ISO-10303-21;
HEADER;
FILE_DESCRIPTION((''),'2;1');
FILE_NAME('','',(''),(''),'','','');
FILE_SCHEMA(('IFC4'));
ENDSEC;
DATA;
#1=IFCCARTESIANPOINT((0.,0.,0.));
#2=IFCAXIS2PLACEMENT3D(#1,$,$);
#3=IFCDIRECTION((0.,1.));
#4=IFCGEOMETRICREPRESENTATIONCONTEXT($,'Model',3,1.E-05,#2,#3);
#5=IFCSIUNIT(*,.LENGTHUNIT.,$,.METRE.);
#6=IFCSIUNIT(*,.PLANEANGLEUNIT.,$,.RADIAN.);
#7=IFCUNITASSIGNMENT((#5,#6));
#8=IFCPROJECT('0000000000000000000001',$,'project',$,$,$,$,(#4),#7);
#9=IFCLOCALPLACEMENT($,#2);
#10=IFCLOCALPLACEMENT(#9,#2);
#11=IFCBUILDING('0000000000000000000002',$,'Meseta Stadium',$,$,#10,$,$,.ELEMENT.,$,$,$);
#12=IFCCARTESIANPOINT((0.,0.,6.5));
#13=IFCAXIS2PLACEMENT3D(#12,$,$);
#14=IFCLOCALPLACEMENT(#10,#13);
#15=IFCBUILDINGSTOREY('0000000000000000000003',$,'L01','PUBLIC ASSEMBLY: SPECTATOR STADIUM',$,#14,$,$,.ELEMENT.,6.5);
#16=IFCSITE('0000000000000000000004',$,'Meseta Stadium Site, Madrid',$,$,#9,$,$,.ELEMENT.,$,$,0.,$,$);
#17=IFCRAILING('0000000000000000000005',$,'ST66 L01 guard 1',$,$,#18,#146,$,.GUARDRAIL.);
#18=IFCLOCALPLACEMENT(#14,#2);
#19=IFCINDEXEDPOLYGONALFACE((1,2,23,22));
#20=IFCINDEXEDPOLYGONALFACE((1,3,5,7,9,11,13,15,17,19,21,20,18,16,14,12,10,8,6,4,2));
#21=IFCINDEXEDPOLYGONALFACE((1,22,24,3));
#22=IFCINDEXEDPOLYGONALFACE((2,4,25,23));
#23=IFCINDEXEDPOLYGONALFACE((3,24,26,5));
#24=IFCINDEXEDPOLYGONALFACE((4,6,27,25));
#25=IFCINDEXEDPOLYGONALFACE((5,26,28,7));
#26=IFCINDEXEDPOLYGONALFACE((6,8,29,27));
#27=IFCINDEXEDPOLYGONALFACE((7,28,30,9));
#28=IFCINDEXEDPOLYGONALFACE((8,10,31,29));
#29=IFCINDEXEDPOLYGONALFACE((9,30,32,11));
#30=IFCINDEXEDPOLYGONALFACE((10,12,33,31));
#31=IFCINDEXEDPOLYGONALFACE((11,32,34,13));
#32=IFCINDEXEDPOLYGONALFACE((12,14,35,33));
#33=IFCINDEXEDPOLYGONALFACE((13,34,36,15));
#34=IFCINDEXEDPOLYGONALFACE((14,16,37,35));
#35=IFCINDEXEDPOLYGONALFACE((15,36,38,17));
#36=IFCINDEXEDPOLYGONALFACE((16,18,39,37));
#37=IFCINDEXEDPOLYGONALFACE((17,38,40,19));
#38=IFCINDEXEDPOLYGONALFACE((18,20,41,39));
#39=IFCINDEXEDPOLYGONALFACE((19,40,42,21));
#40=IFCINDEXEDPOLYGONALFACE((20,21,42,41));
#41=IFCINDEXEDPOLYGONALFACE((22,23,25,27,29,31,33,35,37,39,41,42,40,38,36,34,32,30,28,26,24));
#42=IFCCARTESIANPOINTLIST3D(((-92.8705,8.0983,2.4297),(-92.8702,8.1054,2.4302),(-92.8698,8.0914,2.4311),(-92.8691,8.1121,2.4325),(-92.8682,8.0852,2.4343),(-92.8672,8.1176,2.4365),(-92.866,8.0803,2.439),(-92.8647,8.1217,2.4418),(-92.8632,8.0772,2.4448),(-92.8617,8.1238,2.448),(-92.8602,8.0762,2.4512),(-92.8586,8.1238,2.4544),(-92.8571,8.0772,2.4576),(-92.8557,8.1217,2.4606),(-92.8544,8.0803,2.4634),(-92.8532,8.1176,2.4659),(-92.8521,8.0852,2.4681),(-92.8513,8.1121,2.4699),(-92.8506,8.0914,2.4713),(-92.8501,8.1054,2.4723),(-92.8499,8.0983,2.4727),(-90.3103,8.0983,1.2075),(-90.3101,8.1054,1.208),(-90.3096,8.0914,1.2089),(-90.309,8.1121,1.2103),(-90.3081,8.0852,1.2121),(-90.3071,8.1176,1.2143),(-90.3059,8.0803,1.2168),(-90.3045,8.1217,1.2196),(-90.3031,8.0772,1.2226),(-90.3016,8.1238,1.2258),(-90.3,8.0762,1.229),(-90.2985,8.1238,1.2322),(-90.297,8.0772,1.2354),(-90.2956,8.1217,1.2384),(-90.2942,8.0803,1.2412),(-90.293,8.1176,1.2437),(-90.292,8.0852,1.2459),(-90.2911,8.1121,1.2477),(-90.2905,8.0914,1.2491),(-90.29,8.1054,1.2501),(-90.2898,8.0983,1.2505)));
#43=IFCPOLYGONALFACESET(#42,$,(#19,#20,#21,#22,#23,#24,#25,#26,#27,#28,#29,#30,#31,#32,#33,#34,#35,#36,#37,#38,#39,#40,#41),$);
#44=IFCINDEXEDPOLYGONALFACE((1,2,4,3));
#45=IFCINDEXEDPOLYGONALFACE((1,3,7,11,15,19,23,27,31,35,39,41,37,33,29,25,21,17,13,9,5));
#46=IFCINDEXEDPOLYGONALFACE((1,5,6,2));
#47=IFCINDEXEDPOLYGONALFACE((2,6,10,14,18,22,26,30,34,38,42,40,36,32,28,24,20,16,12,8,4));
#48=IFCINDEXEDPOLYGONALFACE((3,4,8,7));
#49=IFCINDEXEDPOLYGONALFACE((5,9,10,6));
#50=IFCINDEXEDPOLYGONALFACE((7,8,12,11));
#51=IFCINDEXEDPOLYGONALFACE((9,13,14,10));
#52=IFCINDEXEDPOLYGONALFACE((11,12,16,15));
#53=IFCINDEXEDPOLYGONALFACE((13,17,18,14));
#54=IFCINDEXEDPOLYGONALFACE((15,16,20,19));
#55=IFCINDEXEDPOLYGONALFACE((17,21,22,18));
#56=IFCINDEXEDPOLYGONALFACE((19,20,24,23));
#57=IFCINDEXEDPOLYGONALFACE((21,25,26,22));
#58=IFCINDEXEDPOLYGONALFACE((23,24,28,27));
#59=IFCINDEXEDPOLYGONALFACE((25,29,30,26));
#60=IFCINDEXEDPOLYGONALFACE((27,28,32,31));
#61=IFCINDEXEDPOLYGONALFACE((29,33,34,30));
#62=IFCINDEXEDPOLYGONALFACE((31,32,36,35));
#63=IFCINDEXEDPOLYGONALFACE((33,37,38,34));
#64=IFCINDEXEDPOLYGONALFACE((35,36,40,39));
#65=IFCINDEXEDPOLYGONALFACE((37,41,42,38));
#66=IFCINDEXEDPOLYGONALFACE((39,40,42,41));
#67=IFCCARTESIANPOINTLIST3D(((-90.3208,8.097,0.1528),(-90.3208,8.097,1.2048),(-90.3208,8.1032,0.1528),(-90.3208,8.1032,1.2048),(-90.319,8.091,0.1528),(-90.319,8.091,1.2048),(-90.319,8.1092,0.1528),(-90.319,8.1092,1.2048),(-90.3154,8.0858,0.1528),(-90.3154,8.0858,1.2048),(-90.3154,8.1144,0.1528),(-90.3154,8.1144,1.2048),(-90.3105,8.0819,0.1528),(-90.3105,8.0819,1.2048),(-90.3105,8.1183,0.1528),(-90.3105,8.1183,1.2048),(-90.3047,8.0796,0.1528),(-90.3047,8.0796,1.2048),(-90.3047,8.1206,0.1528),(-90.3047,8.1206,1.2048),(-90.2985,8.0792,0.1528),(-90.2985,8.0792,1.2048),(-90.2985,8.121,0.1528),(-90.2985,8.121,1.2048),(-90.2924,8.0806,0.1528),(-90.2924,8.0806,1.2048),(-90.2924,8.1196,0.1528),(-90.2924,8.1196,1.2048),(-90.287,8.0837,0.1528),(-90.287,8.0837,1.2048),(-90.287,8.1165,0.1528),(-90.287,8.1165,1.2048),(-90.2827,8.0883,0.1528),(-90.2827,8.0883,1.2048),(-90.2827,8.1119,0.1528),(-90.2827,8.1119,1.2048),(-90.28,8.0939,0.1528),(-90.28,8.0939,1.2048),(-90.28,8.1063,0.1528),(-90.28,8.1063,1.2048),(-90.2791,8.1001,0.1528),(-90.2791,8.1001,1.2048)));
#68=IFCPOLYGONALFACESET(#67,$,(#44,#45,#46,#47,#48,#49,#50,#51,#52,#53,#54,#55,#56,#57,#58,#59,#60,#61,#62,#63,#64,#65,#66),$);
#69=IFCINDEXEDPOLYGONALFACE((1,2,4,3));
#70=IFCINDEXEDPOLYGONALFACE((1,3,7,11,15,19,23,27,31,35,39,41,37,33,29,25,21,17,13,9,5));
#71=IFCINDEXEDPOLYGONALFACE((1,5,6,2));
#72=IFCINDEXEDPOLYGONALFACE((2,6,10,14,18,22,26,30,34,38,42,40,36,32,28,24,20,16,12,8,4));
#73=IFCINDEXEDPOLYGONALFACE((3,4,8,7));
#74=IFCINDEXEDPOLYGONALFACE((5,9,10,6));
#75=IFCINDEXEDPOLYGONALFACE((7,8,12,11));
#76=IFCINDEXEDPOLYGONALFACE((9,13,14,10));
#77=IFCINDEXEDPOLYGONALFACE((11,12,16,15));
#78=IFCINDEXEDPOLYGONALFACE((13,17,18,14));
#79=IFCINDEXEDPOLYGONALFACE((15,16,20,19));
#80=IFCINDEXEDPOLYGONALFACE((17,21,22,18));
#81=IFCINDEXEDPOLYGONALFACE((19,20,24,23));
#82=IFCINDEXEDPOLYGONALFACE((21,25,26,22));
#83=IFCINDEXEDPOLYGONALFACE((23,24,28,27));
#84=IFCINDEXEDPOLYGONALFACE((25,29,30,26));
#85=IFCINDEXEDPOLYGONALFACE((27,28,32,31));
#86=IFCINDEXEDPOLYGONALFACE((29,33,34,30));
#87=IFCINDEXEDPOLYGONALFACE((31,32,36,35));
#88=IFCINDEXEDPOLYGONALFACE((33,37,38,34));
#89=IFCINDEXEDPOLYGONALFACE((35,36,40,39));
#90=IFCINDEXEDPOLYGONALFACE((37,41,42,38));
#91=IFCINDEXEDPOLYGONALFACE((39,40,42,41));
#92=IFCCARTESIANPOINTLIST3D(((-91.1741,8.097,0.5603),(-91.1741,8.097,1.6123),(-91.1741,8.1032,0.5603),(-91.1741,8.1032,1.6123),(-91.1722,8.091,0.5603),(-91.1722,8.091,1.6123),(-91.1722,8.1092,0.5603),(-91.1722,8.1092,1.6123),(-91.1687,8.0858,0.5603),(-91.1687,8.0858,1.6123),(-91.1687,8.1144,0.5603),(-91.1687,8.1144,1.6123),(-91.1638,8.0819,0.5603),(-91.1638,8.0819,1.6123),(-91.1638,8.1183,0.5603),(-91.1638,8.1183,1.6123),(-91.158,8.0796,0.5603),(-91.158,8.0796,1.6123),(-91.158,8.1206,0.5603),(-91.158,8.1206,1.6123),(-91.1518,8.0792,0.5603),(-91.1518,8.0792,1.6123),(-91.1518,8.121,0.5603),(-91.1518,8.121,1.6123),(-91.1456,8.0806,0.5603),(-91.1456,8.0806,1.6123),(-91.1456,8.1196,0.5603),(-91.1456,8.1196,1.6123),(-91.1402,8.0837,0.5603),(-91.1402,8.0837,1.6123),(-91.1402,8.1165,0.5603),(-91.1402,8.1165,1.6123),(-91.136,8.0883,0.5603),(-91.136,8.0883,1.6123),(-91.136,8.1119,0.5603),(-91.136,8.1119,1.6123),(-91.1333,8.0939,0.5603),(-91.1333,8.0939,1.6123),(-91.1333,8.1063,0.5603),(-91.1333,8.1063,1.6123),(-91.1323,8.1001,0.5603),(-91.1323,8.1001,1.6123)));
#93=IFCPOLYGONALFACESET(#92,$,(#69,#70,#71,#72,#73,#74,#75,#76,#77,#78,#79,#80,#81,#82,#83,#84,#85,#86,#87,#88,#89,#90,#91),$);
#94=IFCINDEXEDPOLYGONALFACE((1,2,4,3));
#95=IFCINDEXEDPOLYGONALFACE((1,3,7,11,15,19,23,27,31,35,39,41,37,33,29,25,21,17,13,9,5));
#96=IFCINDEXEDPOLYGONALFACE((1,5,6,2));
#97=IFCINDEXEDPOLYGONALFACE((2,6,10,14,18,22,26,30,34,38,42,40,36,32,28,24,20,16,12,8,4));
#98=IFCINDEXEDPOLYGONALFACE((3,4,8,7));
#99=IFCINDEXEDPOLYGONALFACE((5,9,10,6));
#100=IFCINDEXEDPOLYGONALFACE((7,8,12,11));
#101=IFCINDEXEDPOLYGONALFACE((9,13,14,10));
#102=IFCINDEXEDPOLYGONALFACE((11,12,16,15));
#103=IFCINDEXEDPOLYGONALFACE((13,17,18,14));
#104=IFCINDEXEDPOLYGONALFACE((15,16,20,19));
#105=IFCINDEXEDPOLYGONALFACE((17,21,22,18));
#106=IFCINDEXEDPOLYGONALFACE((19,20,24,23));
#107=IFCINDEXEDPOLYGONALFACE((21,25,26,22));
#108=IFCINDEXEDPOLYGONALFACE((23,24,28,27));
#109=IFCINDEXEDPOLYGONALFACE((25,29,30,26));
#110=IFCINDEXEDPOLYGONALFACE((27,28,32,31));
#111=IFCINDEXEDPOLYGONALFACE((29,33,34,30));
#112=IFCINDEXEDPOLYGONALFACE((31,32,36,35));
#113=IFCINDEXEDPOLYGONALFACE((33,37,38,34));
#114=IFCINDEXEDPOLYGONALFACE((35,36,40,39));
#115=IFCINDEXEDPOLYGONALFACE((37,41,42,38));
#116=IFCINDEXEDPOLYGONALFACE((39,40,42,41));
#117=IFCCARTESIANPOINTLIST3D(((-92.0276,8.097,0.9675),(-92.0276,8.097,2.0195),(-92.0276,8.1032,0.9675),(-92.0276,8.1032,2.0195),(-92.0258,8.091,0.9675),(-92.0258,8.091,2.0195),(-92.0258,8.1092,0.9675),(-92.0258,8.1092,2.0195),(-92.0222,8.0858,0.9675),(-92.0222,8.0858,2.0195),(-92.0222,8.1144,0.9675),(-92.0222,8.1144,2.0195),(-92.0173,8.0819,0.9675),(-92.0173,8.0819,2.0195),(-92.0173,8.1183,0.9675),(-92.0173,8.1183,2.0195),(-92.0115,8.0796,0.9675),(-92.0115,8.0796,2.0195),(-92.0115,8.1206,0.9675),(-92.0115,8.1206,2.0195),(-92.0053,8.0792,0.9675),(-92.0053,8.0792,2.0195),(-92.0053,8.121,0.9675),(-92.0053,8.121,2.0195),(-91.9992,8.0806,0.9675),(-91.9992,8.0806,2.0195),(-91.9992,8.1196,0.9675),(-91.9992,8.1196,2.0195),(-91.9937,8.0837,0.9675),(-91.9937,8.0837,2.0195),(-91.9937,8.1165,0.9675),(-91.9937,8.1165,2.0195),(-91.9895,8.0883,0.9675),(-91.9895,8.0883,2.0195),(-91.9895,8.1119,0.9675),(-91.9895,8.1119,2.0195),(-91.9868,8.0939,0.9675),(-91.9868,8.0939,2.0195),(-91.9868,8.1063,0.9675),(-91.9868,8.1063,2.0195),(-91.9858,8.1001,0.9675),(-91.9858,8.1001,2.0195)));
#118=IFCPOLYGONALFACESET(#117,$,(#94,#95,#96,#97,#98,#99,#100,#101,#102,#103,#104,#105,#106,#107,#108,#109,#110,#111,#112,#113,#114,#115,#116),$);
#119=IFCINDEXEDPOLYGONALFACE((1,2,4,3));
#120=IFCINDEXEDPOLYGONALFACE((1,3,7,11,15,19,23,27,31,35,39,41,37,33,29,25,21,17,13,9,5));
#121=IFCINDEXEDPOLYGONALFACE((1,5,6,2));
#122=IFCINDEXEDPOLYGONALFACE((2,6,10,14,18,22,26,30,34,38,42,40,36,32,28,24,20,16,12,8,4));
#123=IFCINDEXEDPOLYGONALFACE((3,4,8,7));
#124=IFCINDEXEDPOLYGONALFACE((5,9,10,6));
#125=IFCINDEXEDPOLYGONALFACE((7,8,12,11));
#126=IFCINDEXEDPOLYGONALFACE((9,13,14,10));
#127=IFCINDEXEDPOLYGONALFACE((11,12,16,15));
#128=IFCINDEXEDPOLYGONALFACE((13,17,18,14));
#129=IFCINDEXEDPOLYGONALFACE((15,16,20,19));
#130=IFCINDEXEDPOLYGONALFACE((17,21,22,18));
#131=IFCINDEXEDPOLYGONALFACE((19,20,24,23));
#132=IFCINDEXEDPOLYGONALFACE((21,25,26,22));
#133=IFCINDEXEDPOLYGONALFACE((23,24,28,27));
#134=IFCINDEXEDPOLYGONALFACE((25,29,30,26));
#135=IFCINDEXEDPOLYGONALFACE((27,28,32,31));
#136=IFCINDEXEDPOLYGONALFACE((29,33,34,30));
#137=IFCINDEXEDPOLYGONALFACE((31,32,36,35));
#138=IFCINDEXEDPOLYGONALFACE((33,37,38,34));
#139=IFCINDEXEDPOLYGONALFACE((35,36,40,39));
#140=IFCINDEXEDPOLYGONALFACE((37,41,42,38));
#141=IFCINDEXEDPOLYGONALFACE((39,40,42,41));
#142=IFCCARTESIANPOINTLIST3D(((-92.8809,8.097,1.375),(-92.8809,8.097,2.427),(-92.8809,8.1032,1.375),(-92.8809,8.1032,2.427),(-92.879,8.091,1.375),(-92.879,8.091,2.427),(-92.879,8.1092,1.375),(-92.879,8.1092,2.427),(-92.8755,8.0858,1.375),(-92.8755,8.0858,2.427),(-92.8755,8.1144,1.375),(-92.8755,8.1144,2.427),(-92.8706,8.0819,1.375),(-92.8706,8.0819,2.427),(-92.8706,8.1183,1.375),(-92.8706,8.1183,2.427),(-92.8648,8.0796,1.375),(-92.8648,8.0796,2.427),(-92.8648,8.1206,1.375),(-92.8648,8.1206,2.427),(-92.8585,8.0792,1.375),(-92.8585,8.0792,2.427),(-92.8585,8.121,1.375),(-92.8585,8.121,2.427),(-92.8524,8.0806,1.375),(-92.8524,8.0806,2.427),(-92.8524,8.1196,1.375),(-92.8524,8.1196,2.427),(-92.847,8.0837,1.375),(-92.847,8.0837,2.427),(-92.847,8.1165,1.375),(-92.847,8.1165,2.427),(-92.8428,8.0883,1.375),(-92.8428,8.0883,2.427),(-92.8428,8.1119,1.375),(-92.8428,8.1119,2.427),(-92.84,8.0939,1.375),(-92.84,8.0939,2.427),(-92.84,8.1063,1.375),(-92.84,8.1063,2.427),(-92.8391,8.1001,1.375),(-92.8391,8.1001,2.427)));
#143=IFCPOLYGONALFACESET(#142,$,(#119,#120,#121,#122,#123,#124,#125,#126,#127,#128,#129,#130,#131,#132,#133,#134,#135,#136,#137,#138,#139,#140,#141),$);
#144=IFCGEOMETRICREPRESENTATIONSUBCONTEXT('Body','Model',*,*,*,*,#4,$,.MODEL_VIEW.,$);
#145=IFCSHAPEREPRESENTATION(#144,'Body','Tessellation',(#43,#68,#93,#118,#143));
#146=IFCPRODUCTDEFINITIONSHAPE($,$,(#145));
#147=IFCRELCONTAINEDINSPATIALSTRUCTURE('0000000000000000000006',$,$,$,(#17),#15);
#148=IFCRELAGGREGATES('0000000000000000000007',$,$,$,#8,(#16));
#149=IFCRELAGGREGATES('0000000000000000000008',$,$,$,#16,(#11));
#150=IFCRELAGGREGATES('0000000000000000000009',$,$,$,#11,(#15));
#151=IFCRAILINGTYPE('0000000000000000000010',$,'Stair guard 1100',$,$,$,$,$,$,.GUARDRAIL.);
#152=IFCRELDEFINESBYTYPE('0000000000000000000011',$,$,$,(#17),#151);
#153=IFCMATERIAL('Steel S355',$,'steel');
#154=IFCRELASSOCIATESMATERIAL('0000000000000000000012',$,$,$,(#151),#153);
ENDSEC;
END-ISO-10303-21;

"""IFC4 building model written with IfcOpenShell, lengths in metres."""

from ifc_helpers import new_model, si_unit, direction, frame, origin, origin_2d, place, context, subcontext, project, spatial, circle, extrude, material, type_object, element, save


model = new_model("IFC4")

# Units and contexts
model_context = context("Model", 3, precision=1e-05, world=origin(), true_north=direction((0.0, 1.0)))
body_context = subcontext(model_context, "Body", "Model", "MODEL_VIEW")
ifc_project = project(units=[si_unit("LENGTHUNIT", "METRE"), si_unit("PLANEANGLEUNIT", "RADIAN")], contexts=[model_context])

# Site, building, storey
site_placement = place(None, origin())
site = spatial("IfcSite", under=ifc_project, at=site_placement, Name="Meseta Stadium Site, Madrid", CompositionType="ELEMENT", RefElevation=0.0)
building_placement = place(site_placement, origin())
building = spatial("IfcBuilding", under=site, at=building_placement, Name="Meseta Stadium", CompositionType="ELEMENT")
storey_placement = place(building_placement, frame((0.0, 0.0, 6.5)))
storey = spatial("IfcBuildingStorey", under=building, at=storey_placement, Name="L01", Description="PUBLIC ASSEMBLY: SPECTATOR STADIUM", CompositionType="ELEMENT", Elevation=6.5)

# Railing
ifc_material_1 = material(Name="Steel S355", Category="steel")
railing_type_1 = type_object("IfcRailingType", Name="Stair guard 1100", PredefinedType="GUARDRAIL", material=ifc_material_1)
railing_1_placement = place(storey_placement, frame((-90.3, 8.1001, 0.1528)))
element("IfcRailing", 1, at=railing_1_placement, inside=storey, type_object=railing_type_1, Name="ST66 L01 guard 1", PredefinedType="GUARDRAIL", context=body_context, shape_type="SweptSolid", body=[
    extrude(circle(Radius=0.0239, at=origin_2d()), frame((0.0, 0.0, 1.0762), z_axis=(-0.902437, 0.0, 0.430822), x_axis=(0.0, -1.0, 0.0)), (0.0, 0.0, 1.0), 2.8369),
    extrude(circle(Radius=0.021, at=origin_2d()), origin(), (0.0, 0.0, 1.0), 1.052),
    extrude(circle(Radius=0.021, at=origin_2d()), frame((-0.8533, 0.0, 0.4075)), (0.0, 0.0, 1.0), 1.052),
    extrude(circle(Radius=0.021, at=origin_2d()), frame((-1.7068, 0.0, 0.8147)), (0.0, 0.0, 1.0), 1.052),
    extrude(circle(Radius=0.021, at=origin_2d()), frame((-2.5601, 0.0, 1.2222)), (0.0, 0.0, 1.0), 1.052),
])

save(model, "model.ifc")
